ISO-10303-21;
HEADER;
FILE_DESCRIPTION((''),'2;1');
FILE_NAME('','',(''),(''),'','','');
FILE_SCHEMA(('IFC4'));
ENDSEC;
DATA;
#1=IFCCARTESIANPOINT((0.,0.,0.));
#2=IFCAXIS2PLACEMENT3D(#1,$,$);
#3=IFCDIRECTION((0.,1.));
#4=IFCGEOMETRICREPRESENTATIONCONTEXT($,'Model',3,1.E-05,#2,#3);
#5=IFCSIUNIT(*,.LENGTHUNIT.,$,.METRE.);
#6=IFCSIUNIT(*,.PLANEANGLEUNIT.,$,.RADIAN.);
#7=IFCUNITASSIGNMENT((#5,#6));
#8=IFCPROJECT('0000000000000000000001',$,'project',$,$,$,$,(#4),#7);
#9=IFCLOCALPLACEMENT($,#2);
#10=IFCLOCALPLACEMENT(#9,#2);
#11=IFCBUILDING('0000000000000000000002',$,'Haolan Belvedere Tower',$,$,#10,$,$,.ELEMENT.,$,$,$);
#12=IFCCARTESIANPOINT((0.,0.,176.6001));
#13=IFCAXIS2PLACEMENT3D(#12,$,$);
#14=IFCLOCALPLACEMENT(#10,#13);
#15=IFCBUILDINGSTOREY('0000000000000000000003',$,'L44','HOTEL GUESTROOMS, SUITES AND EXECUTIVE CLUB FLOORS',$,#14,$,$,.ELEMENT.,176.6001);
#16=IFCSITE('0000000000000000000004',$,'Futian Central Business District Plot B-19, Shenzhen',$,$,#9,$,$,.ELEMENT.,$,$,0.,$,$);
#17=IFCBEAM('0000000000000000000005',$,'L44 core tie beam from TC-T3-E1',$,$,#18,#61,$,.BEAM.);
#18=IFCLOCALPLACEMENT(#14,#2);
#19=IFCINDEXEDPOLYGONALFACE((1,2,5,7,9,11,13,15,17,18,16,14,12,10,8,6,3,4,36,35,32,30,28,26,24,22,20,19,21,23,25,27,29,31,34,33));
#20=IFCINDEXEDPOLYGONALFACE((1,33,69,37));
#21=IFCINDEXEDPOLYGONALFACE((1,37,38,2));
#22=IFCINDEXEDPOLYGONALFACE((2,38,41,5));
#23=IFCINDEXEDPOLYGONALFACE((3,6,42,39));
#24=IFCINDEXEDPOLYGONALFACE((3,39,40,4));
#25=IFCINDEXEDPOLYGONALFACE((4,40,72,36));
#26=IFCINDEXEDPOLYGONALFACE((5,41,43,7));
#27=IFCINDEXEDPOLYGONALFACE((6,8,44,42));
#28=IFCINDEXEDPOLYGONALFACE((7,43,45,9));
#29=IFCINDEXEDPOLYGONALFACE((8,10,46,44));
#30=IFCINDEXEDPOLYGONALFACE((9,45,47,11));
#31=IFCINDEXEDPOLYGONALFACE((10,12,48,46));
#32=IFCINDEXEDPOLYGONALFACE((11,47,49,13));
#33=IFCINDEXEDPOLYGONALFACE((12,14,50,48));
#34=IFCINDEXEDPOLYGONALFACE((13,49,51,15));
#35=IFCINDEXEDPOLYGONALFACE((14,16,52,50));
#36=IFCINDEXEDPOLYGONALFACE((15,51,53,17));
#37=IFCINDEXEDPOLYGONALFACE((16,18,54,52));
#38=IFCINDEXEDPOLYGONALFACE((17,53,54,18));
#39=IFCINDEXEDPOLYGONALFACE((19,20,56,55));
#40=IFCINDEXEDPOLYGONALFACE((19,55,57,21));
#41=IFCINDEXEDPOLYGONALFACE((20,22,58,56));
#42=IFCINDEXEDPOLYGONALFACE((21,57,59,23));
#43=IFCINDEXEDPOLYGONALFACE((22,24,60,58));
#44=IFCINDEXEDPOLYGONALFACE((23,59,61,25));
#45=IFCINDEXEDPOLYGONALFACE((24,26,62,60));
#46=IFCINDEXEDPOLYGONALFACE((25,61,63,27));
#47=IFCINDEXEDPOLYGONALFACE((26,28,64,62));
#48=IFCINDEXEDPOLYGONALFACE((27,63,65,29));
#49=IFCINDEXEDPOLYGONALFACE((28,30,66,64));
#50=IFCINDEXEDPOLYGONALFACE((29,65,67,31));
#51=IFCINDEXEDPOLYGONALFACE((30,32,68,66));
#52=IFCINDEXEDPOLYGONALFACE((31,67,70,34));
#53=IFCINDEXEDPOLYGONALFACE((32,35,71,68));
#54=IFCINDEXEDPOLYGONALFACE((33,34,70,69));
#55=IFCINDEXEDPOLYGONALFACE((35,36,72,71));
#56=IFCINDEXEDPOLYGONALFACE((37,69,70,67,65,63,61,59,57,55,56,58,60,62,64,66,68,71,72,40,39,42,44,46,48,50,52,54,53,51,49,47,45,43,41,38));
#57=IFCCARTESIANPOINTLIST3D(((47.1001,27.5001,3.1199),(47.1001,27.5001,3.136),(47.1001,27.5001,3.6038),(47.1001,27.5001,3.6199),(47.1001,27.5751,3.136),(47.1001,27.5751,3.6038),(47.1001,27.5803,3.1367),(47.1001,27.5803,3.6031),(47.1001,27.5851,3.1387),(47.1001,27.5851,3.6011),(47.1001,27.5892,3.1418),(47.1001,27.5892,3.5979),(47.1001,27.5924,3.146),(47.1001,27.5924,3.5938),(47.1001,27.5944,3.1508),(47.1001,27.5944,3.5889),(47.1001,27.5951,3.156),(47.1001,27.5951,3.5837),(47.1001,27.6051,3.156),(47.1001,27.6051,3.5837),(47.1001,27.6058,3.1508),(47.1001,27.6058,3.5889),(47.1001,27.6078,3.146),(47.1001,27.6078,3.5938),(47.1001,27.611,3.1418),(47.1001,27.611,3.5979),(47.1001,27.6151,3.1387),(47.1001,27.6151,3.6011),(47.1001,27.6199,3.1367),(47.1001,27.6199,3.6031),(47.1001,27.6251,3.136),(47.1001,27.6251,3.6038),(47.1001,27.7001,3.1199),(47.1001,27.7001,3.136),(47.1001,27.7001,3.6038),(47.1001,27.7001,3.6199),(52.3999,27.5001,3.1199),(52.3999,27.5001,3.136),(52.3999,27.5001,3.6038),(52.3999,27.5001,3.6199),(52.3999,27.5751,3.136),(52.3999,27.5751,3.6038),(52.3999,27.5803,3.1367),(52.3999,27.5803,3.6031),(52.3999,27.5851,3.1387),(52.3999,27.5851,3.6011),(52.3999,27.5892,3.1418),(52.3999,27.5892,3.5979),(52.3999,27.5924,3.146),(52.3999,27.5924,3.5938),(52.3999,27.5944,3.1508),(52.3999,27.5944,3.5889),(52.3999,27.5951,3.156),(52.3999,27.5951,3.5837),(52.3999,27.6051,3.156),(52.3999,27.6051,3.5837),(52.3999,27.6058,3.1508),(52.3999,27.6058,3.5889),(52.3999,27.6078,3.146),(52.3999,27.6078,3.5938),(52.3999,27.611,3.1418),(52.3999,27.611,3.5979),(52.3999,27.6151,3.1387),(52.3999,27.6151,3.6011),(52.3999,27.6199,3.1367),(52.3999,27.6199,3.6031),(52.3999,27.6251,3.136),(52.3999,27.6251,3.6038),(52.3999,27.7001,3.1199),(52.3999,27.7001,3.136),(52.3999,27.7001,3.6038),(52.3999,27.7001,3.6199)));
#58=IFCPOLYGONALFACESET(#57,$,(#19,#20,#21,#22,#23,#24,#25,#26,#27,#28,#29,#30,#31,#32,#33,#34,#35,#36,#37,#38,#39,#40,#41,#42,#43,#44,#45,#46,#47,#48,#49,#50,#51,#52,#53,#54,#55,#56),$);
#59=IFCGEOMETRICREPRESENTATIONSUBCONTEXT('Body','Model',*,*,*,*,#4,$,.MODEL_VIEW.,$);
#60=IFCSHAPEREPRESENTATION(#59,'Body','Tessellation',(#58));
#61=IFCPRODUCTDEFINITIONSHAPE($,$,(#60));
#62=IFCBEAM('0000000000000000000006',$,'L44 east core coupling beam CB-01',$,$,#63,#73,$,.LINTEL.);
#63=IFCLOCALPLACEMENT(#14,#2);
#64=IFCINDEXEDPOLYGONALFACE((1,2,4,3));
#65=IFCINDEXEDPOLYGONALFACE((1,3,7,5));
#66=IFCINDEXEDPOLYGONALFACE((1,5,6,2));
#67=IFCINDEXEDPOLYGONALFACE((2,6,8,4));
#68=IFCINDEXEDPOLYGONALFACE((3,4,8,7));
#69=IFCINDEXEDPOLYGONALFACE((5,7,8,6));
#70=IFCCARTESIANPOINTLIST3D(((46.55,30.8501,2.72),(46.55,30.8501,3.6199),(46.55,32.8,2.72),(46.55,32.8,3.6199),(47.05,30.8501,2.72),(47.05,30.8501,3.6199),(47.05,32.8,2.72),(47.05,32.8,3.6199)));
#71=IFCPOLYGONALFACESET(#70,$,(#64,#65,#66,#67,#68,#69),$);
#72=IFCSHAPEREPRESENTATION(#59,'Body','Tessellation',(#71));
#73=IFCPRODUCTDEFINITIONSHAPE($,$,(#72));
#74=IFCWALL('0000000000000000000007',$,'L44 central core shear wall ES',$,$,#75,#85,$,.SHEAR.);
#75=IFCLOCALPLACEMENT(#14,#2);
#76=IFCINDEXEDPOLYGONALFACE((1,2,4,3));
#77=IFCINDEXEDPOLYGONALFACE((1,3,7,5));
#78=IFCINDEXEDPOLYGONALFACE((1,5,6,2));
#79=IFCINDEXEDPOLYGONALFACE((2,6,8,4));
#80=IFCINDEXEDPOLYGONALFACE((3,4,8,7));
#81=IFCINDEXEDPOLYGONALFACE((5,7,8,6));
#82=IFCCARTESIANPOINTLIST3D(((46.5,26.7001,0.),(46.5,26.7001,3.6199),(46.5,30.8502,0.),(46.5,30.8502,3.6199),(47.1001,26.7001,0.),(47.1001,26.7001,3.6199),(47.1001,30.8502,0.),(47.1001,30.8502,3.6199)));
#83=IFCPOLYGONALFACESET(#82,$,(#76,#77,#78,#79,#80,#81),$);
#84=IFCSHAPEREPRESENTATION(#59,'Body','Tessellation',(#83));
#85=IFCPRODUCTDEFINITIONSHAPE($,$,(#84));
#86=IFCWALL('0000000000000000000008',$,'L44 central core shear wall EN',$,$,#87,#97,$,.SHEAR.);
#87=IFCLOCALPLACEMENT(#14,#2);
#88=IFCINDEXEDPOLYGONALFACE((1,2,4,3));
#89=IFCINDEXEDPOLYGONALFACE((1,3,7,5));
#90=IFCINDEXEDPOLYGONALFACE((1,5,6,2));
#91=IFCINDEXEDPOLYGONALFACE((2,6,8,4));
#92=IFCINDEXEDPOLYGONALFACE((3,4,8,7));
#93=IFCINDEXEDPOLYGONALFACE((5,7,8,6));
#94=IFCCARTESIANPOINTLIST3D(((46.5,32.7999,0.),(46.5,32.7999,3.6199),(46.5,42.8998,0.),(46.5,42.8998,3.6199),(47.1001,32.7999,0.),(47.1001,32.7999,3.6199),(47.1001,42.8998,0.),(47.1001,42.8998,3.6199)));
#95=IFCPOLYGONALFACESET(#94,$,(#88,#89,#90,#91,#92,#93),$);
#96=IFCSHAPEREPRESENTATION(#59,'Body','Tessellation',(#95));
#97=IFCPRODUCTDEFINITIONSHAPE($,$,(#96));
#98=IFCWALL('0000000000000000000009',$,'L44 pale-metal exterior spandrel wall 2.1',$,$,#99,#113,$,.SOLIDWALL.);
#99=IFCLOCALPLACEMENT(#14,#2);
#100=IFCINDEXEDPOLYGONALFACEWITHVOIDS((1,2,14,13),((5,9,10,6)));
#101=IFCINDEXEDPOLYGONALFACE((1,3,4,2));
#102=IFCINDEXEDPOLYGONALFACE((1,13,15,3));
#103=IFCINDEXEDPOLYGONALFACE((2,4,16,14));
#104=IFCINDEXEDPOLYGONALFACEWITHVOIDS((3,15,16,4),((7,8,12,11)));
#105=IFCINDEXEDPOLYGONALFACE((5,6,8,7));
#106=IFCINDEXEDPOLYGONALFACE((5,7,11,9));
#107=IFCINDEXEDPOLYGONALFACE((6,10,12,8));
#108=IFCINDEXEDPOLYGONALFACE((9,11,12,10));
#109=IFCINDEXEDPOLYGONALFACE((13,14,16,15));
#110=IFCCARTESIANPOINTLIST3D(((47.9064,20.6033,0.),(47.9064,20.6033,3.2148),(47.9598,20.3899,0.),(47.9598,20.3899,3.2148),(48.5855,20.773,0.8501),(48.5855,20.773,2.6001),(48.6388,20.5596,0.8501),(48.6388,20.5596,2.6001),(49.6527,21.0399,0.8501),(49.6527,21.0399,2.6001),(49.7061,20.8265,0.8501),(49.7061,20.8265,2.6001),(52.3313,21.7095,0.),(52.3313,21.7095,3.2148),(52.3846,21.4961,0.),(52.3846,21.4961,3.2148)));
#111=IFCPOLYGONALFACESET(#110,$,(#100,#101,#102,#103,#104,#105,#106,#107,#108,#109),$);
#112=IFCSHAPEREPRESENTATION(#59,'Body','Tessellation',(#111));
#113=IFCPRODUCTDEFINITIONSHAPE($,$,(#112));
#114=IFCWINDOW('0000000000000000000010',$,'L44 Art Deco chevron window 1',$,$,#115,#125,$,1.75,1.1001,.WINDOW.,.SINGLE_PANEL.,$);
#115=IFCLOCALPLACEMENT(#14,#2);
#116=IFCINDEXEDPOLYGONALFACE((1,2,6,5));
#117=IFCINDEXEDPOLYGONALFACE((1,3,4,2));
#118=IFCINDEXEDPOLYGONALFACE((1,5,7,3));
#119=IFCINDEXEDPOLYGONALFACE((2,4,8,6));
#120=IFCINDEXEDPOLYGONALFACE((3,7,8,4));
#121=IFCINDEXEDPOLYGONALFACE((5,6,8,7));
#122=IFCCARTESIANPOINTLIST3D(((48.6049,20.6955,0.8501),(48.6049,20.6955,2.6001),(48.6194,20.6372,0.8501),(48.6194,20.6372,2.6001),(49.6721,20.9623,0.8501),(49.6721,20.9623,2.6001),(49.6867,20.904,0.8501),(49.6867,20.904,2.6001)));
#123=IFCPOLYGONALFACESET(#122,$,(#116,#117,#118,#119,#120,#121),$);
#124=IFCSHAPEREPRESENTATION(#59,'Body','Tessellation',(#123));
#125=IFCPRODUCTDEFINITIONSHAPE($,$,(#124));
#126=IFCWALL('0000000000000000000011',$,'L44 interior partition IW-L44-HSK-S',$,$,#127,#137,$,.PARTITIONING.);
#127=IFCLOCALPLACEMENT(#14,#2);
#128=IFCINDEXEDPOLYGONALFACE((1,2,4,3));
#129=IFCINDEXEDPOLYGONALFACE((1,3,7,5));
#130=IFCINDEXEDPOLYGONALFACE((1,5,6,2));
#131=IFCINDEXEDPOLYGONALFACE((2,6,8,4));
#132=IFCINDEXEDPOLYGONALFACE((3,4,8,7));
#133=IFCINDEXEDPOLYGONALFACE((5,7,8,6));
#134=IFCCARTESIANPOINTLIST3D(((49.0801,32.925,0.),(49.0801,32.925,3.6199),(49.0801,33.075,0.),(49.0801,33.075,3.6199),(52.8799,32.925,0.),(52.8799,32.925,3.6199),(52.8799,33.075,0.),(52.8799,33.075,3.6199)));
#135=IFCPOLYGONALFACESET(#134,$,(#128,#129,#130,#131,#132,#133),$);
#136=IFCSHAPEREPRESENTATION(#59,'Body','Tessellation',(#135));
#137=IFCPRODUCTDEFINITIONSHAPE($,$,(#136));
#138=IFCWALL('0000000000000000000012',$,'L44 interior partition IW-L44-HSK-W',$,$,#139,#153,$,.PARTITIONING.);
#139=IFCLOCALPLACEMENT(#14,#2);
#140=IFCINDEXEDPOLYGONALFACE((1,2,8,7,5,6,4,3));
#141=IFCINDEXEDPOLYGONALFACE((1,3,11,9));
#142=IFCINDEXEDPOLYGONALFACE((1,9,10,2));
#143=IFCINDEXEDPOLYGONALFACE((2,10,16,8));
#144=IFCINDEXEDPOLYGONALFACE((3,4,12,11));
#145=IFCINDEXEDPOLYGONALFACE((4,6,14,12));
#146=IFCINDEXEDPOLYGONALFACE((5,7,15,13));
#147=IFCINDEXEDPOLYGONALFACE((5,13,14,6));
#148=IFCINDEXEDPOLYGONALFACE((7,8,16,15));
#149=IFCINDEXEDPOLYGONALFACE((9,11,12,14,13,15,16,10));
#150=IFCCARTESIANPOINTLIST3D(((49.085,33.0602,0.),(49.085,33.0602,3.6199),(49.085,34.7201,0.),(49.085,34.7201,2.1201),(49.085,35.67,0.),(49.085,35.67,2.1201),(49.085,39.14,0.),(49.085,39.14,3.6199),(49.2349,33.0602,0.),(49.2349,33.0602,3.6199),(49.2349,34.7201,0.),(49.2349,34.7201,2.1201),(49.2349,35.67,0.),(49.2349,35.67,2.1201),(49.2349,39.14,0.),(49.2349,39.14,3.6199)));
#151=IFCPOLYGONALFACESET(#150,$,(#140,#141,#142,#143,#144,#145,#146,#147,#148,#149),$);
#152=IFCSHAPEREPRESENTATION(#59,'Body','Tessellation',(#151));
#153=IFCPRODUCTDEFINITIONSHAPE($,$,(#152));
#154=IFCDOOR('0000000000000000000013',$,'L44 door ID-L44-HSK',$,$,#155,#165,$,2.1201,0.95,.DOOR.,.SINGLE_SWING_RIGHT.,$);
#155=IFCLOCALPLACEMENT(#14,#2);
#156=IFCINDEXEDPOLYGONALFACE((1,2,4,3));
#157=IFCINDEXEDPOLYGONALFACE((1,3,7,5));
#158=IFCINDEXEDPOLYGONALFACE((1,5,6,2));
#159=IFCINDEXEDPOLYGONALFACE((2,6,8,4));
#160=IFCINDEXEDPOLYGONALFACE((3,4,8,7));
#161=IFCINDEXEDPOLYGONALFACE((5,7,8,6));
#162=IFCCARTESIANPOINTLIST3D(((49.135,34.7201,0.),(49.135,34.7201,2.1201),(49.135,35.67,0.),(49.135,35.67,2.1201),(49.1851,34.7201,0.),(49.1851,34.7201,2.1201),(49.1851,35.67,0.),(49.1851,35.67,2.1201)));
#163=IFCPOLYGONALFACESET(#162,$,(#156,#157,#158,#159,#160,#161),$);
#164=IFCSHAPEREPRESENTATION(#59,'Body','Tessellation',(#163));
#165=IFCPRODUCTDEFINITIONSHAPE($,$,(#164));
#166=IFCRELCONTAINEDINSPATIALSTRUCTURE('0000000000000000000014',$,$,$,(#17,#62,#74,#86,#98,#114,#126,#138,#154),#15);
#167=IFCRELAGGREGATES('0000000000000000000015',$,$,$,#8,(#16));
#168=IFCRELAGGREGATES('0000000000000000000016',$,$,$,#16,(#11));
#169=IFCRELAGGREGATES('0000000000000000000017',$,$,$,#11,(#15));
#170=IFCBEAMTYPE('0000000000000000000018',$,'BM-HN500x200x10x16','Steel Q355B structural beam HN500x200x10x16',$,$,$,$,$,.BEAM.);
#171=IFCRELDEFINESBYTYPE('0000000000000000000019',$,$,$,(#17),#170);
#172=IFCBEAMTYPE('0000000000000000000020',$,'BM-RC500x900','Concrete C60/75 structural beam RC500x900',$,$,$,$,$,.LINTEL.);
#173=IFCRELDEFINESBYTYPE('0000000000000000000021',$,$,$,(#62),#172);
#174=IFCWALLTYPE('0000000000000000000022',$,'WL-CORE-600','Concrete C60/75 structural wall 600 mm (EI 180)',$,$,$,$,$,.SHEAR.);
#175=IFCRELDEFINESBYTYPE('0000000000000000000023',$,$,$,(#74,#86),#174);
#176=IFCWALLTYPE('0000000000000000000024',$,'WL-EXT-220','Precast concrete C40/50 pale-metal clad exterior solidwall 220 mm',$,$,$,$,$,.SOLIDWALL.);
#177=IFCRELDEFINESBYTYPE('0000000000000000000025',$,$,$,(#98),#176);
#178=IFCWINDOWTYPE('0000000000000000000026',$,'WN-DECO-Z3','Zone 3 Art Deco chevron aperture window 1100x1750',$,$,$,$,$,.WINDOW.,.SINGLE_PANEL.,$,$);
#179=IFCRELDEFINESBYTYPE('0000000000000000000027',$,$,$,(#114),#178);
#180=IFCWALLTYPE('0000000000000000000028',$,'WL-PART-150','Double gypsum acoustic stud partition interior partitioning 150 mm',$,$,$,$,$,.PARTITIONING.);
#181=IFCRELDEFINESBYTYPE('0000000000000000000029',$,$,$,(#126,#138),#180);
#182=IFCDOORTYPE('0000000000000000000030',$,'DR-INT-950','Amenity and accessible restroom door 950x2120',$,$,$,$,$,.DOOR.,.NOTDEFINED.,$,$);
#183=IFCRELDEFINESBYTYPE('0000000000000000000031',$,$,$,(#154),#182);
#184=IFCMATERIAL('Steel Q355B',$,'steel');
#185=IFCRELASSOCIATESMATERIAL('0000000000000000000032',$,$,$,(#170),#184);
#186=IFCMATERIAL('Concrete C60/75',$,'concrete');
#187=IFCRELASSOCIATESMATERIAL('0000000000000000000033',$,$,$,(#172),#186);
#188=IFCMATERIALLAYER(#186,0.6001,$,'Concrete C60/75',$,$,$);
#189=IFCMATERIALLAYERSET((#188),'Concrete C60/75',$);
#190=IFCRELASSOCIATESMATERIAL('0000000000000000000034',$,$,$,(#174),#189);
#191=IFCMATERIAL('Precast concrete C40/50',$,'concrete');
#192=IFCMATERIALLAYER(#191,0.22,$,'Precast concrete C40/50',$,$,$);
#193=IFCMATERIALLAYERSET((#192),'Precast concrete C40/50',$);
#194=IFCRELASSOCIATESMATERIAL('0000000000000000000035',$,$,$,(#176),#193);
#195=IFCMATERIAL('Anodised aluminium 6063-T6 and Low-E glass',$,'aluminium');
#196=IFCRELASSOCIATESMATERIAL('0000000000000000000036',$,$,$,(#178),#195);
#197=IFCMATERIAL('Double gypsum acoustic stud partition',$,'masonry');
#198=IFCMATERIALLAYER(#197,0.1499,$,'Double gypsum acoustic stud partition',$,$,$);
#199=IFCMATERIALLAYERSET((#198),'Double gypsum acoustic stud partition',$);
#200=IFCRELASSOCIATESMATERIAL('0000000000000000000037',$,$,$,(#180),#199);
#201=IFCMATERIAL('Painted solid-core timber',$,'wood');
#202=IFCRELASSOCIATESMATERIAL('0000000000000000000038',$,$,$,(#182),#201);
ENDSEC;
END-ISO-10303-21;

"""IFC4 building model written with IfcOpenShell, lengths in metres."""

from ifc_helpers import new_model, si_unit, direction, frame, frame_2d, origin, origin_2d, place, context, subcontext, project, spatial, rectangle, i_section, extrude, material, layer, layer_set, material_profile, profile_set, type_object, element, fill, save


model = new_model("IFC4")

# Units and contexts
model_context = context("Model", 3, precision=1e-05, world=origin(), true_north=direction((0.0, 1.0)))
body_context = subcontext(model_context, "Body", "Model", "MODEL_VIEW")
ifc_project = project(units=[si_unit("LENGTHUNIT", "METRE"), si_unit("PLANEANGLEUNIT", "RADIAN")], contexts=[model_context])

# Site, building, storey
site_placement = place(None, origin())
site = spatial("IfcSite", under=ifc_project, at=site_placement, Name="Futian Central Business District Plot B-19, Shenzhen", CompositionType="ELEMENT", RefElevation=0.0)
building_placement = place(site_placement, origin())
building = spatial("IfcBuilding", under=site, at=building_placement, Name="Haolan Belvedere Tower", CompositionType="ELEMENT")
storey_placement = place(building_placement, frame((0.0, 0.0, 176.6001)))
storey = spatial("IfcBuildingStorey", under=building, at=storey_placement, Name="L44", Description="HOTEL GUESTROOMS, SUITES AND EXECUTIVE CLUB FLOORS", CompositionType="ELEMENT", Elevation=176.6001)

# Beams
ifc_material_1 = material(Name="Steel Q355B", Category="steel")
ifc_material_profile_1 = material_profile(ifc_material_1, i_section(OverallWidth=0.2, OverallDepth=0.5, WebThickness=0.01, FlangeThickness=0.0161, FilletRadius=0.02, at=origin_2d()), Name="Steel Q355B")
ifc_profile_set_1 = profile_set([ifc_material_profile_1], Name="Steel Q355B")
beam_type_1 = type_object("IfcBeamType", Name="BM-HN500x200x10x16", Description="Steel Q355B structural beam HN500x200x10x16", PredefinedType="BEAM", material=ifc_profile_set_1)
beam_1_placement = place(storey_placement, frame((52.3999, 27.6001, 3.3699), z_axis=(-1.0, 0.0, 0.0), x_axis=(0.0, -1.0, 0.0)))
element("IfcBeam", 1, at=beam_1_placement, inside=storey, type_object=beam_type_1, Name="L44 core tie beam from TC-T3-E1", PredefinedType="BEAM", context=body_context, shape_type="SweptSolid", body=[
    extrude(i_section(OverallWidth=0.2, OverallDepth=0.5, WebThickness=0.01, FlangeThickness=0.0161, FilletRadius=0.02, at=origin_2d()), origin(), (0.0, 0.0, 1.0), 5.2998),
])
ifc_material_2 = material(Name="Concrete C60/75", Category="concrete")
ifc_material_profile_2 = material_profile(ifc_material_2, rectangle(XDim=0.5, YDim=0.8999, at=origin_2d()), Name="Concrete C60/75")
ifc_profile_set_2 = profile_set([ifc_material_profile_2], Name="Concrete C60/75")
beam_type_2 = type_object("IfcBeamType", Name="BM-RC500x900", Description="Concrete C60/75 structural beam RC500x900", PredefinedType="LINTEL", material=ifc_profile_set_2)
beam_2_placement = place(storey_placement, frame((46.8, 30.8501, 3.1699), z_axis=(0.0, 1.0, 0.0), x_axis=(-1.0, 0.0, 0.0)))
element("IfcBeam", 2, at=beam_2_placement, inside=storey, type_object=beam_type_2, Name="L44 east core coupling beam CB-01", PredefinedType="LINTEL", context=body_context, shape_type="SweptSolid", body=[
    extrude(rectangle(XDim=0.5, YDim=0.8999, at=origin_2d()), origin(), (0.0, 0.0, 1.0), 1.95),
])

# Walls
ifc_layer_1 = layer(ifc_material_2, 0.6001, Name="Concrete C60/75")
ifc_layer_set_1 = layer_set([ifc_layer_1], Name="Concrete C60/75")
wall_type_1 = type_object("IfcWallType", Name="WL-CORE-600", Description="Concrete C60/75 structural wall 600 mm (EI 180)", PredefinedType="SHEAR", material=ifc_layer_set_1)
wall_1_placement = place(storey_placement, frame((46.8, 26.7, 0.0), z_axis=(0.0, 0.0, 1.0), x_axis=(0.0, 1.0, 0.0)))
element("IfcWall", 3, at=wall_1_placement, inside=storey, type_object=wall_type_1, Name="L44 central core shear wall ES", PredefinedType="SHEAR", context=body_context, shape_type="SweptSolid", body=[
    extrude(rectangle(XDim=4.1501, YDim=0.6001, at=frame_2d((2.0752, 0.0))), origin(), (0.0, 0.0, 1.0), 3.6199),
])
wall_2_placement = place(storey_placement, frame((46.8, 32.8, 0.0), z_axis=(0.0, 0.0, 1.0), x_axis=(0.0, 1.0, 0.0)))
element("IfcWall", 4, at=wall_2_placement, inside=storey, type_object=wall_type_1, Name="L44 central core shear wall EN", PredefinedType="SHEAR", context=body_context, shape_type="SweptSolid", body=[
    extrude(rectangle(XDim=10.0999, YDim=0.6001, at=frame_2d((5.0498, 0.0))), origin(), (0.0, 0.0, 1.0), 3.6199),
])

# Wall, opening, window
ifc_material_3 = material(Name="Precast concrete C40/50", Category="concrete")
ifc_layer_2 = layer(ifc_material_3, 0.22, Name="Precast concrete C40/50")
ifc_layer_set_2 = layer_set([ifc_layer_2], Name="Precast concrete C40/50")
wall_type_2 = type_object("IfcWallType", Name="WL-EXT-220", Description="Precast concrete C40/50 pale-metal clad exterior solidwall 220 mm", PredefinedType="SOLIDWALL", material=ifc_layer_set_2)
wall_3_placement = place(storey_placement, frame((47.9331, 20.4966, 0.0), z_axis=(0.0, 0.0, 1.0), x_axis=(0.970143, 0.242536, 0.0)))
wall_3 = element("IfcWall", 5, at=wall_3_placement, inside=storey, type_object=wall_type_2, Name="L44 pale-metal exterior spandrel wall 2.1", PredefinedType="SOLIDWALL", context=body_context, shape_type="SweptSolid", body=[
    extrude(rectangle(XDim=4.561, YDim=0.22, at=frame_2d((2.2805, 0.0))), origin(), (0.0, 0.0, 1.0), 3.2148),
])
opening_1_placement = place(wall_3_placement, frame((0.7, 0.0, 0.8501)))
opening_1 = element("IfcOpeningElement", 6, at=opening_1_placement, cuts=wall_3, PredefinedType="OPENING", context=body_context, shape_type="SweptSolid", body=[
    extrude(rectangle(XDim=1.1001, YDim=1.75, at=frame_2d((0.55, 0.875))), frame((0.0, 0.1199, 0.0), z_axis=(0.0, -1.0, 0.0), x_axis=(1.0, 0.0, 0.0)), (0.0, 0.0, 1.0), 0.24),
])
ifc_material_4 = material(Name="Anodised aluminium 6063-T6 and Low-E glass", Category="aluminium")
window_type = type_object("IfcWindowType", Name="WN-DECO-Z3", Description="Zone 3 Art Deco chevron aperture window 1100x1750", PartitioningType="SINGLE_PANEL", PredefinedType="WINDOW", material=ifc_material_4)
window_placement = place(opening_1_placement, origin())
window = element("IfcWindow", 7, at=window_placement, inside=storey, type_object=window_type, Name="L44 Art Deco chevron window 1", OverallHeight=1.75, OverallWidth=1.1001, PartitioningType="SINGLE_PANEL", PredefinedType="WINDOW", context=body_context, shape_type="SweptSolid", body=[
    extrude(rectangle(XDim=1.1001, YDim=1.75, at=frame_2d((0.55, 0.875))), frame((0.0, 0.03, 0.0), z_axis=(0.0, -1.0, 0.0), x_axis=(1.0, 0.0, 0.0)), (0.0, 0.0, 1.0), 0.0601),
])
fill(opening_1, window)

# Wall
ifc_material_5 = material(Name="Double gypsum acoustic stud partition", Category="masonry")
ifc_layer_3 = layer(ifc_material_5, 0.1499, Name="Double gypsum acoustic stud partition")
ifc_layer_set_3 = layer_set([ifc_layer_3], Name="Double gypsum acoustic stud partition")
wall_type_3 = type_object("IfcWallType", Name="WL-PART-150", Description="Double gypsum acoustic stud partition interior partitioning 150 mm", PredefinedType="PARTITIONING", material=ifc_layer_set_3)
wall_4_placement = place(storey_placement, frame((49.0801, 33.0, 0.0), z_axis=(0.0, 0.0, 1.0), x_axis=(1.0, 0.0, 0.0)))
element("IfcWall", 8, at=wall_4_placement, inside=storey, type_object=wall_type_3, Name="L44 interior partition IW-L44-HSK-S", PredefinedType="PARTITIONING", context=body_context, shape_type="SweptSolid", body=[
    extrude(rectangle(XDim=3.7998, YDim=0.1499, at=frame_2d((1.8999, 0.0))), origin(), (0.0, 0.0, 1.0), 3.6199),
])

# Wall, opening, door
wall_5_placement = place(storey_placement, frame((49.1599, 33.0601, 0.0), z_axis=(0.0, 0.0, 1.0), x_axis=(0.0, 1.0, 0.0)))
wall_5 = element("IfcWall", 9, at=wall_5_placement, inside=storey, type_object=wall_type_3, Name="L44 interior partition IW-L44-HSK-W", PredefinedType="PARTITIONING", context=body_context, shape_type="SweptSolid", body=[
    extrude(rectangle(XDim=6.0798, YDim=0.1499, at=frame_2d((3.04, 0.0))), origin(), (0.0, 0.0, 1.0), 3.6199),
])
opening_2_placement = place(wall_5_placement, frame((1.6599, 0.0, 0.0)))
opening_2 = element("IfcOpeningElement", 10, at=opening_2_placement, cuts=wall_5, PredefinedType="OPENING", context=body_context, shape_type="SweptSolid", body=[
    extrude(rectangle(XDim=0.95, YDim=2.1201, at=frame_2d((0.4751, 1.0601))), frame((0.0, 0.085, 0.0), z_axis=(0.0, -1.0, 0.0), x_axis=(1.0, 0.0, 0.0)), (0.0, 0.0, 1.0), 0.1699),
])
ifc_material_6 = material(Name="Painted solid-core timber", Category="wood")
door_type_1 = type_object("IfcDoorType", Name="DR-INT-950", Description="Amenity and accessible restroom door 950x2120", OperationType="NOTDEFINED", PredefinedType="DOOR", material=ifc_material_6)
door_1_placement = place(opening_2_placement, origin())
door_1 = element("IfcDoor", 11, at=door_1_placement, inside=storey, type_object=door_type_1, Name="L44 door ID-L44-HSK", OperationType="SINGLE_SWING_RIGHT", OverallHeight=2.1201, OverallWidth=0.95, PredefinedType="DOOR", context=body_context, shape_type="SweptSolid", body=[
    extrude(rectangle(XDim=0.95, YDim=2.1201, at=frame_2d((0.4751, 1.0601))), frame((0.0, 0.0249, 0.0), z_axis=(0.0, -1.0, 0.0), x_axis=(1.0, 0.0, 0.0)), (0.0, 0.0, 1.0), 0.05),
])
fill(opening_2, door_1)

save(model, "model.ifc")
